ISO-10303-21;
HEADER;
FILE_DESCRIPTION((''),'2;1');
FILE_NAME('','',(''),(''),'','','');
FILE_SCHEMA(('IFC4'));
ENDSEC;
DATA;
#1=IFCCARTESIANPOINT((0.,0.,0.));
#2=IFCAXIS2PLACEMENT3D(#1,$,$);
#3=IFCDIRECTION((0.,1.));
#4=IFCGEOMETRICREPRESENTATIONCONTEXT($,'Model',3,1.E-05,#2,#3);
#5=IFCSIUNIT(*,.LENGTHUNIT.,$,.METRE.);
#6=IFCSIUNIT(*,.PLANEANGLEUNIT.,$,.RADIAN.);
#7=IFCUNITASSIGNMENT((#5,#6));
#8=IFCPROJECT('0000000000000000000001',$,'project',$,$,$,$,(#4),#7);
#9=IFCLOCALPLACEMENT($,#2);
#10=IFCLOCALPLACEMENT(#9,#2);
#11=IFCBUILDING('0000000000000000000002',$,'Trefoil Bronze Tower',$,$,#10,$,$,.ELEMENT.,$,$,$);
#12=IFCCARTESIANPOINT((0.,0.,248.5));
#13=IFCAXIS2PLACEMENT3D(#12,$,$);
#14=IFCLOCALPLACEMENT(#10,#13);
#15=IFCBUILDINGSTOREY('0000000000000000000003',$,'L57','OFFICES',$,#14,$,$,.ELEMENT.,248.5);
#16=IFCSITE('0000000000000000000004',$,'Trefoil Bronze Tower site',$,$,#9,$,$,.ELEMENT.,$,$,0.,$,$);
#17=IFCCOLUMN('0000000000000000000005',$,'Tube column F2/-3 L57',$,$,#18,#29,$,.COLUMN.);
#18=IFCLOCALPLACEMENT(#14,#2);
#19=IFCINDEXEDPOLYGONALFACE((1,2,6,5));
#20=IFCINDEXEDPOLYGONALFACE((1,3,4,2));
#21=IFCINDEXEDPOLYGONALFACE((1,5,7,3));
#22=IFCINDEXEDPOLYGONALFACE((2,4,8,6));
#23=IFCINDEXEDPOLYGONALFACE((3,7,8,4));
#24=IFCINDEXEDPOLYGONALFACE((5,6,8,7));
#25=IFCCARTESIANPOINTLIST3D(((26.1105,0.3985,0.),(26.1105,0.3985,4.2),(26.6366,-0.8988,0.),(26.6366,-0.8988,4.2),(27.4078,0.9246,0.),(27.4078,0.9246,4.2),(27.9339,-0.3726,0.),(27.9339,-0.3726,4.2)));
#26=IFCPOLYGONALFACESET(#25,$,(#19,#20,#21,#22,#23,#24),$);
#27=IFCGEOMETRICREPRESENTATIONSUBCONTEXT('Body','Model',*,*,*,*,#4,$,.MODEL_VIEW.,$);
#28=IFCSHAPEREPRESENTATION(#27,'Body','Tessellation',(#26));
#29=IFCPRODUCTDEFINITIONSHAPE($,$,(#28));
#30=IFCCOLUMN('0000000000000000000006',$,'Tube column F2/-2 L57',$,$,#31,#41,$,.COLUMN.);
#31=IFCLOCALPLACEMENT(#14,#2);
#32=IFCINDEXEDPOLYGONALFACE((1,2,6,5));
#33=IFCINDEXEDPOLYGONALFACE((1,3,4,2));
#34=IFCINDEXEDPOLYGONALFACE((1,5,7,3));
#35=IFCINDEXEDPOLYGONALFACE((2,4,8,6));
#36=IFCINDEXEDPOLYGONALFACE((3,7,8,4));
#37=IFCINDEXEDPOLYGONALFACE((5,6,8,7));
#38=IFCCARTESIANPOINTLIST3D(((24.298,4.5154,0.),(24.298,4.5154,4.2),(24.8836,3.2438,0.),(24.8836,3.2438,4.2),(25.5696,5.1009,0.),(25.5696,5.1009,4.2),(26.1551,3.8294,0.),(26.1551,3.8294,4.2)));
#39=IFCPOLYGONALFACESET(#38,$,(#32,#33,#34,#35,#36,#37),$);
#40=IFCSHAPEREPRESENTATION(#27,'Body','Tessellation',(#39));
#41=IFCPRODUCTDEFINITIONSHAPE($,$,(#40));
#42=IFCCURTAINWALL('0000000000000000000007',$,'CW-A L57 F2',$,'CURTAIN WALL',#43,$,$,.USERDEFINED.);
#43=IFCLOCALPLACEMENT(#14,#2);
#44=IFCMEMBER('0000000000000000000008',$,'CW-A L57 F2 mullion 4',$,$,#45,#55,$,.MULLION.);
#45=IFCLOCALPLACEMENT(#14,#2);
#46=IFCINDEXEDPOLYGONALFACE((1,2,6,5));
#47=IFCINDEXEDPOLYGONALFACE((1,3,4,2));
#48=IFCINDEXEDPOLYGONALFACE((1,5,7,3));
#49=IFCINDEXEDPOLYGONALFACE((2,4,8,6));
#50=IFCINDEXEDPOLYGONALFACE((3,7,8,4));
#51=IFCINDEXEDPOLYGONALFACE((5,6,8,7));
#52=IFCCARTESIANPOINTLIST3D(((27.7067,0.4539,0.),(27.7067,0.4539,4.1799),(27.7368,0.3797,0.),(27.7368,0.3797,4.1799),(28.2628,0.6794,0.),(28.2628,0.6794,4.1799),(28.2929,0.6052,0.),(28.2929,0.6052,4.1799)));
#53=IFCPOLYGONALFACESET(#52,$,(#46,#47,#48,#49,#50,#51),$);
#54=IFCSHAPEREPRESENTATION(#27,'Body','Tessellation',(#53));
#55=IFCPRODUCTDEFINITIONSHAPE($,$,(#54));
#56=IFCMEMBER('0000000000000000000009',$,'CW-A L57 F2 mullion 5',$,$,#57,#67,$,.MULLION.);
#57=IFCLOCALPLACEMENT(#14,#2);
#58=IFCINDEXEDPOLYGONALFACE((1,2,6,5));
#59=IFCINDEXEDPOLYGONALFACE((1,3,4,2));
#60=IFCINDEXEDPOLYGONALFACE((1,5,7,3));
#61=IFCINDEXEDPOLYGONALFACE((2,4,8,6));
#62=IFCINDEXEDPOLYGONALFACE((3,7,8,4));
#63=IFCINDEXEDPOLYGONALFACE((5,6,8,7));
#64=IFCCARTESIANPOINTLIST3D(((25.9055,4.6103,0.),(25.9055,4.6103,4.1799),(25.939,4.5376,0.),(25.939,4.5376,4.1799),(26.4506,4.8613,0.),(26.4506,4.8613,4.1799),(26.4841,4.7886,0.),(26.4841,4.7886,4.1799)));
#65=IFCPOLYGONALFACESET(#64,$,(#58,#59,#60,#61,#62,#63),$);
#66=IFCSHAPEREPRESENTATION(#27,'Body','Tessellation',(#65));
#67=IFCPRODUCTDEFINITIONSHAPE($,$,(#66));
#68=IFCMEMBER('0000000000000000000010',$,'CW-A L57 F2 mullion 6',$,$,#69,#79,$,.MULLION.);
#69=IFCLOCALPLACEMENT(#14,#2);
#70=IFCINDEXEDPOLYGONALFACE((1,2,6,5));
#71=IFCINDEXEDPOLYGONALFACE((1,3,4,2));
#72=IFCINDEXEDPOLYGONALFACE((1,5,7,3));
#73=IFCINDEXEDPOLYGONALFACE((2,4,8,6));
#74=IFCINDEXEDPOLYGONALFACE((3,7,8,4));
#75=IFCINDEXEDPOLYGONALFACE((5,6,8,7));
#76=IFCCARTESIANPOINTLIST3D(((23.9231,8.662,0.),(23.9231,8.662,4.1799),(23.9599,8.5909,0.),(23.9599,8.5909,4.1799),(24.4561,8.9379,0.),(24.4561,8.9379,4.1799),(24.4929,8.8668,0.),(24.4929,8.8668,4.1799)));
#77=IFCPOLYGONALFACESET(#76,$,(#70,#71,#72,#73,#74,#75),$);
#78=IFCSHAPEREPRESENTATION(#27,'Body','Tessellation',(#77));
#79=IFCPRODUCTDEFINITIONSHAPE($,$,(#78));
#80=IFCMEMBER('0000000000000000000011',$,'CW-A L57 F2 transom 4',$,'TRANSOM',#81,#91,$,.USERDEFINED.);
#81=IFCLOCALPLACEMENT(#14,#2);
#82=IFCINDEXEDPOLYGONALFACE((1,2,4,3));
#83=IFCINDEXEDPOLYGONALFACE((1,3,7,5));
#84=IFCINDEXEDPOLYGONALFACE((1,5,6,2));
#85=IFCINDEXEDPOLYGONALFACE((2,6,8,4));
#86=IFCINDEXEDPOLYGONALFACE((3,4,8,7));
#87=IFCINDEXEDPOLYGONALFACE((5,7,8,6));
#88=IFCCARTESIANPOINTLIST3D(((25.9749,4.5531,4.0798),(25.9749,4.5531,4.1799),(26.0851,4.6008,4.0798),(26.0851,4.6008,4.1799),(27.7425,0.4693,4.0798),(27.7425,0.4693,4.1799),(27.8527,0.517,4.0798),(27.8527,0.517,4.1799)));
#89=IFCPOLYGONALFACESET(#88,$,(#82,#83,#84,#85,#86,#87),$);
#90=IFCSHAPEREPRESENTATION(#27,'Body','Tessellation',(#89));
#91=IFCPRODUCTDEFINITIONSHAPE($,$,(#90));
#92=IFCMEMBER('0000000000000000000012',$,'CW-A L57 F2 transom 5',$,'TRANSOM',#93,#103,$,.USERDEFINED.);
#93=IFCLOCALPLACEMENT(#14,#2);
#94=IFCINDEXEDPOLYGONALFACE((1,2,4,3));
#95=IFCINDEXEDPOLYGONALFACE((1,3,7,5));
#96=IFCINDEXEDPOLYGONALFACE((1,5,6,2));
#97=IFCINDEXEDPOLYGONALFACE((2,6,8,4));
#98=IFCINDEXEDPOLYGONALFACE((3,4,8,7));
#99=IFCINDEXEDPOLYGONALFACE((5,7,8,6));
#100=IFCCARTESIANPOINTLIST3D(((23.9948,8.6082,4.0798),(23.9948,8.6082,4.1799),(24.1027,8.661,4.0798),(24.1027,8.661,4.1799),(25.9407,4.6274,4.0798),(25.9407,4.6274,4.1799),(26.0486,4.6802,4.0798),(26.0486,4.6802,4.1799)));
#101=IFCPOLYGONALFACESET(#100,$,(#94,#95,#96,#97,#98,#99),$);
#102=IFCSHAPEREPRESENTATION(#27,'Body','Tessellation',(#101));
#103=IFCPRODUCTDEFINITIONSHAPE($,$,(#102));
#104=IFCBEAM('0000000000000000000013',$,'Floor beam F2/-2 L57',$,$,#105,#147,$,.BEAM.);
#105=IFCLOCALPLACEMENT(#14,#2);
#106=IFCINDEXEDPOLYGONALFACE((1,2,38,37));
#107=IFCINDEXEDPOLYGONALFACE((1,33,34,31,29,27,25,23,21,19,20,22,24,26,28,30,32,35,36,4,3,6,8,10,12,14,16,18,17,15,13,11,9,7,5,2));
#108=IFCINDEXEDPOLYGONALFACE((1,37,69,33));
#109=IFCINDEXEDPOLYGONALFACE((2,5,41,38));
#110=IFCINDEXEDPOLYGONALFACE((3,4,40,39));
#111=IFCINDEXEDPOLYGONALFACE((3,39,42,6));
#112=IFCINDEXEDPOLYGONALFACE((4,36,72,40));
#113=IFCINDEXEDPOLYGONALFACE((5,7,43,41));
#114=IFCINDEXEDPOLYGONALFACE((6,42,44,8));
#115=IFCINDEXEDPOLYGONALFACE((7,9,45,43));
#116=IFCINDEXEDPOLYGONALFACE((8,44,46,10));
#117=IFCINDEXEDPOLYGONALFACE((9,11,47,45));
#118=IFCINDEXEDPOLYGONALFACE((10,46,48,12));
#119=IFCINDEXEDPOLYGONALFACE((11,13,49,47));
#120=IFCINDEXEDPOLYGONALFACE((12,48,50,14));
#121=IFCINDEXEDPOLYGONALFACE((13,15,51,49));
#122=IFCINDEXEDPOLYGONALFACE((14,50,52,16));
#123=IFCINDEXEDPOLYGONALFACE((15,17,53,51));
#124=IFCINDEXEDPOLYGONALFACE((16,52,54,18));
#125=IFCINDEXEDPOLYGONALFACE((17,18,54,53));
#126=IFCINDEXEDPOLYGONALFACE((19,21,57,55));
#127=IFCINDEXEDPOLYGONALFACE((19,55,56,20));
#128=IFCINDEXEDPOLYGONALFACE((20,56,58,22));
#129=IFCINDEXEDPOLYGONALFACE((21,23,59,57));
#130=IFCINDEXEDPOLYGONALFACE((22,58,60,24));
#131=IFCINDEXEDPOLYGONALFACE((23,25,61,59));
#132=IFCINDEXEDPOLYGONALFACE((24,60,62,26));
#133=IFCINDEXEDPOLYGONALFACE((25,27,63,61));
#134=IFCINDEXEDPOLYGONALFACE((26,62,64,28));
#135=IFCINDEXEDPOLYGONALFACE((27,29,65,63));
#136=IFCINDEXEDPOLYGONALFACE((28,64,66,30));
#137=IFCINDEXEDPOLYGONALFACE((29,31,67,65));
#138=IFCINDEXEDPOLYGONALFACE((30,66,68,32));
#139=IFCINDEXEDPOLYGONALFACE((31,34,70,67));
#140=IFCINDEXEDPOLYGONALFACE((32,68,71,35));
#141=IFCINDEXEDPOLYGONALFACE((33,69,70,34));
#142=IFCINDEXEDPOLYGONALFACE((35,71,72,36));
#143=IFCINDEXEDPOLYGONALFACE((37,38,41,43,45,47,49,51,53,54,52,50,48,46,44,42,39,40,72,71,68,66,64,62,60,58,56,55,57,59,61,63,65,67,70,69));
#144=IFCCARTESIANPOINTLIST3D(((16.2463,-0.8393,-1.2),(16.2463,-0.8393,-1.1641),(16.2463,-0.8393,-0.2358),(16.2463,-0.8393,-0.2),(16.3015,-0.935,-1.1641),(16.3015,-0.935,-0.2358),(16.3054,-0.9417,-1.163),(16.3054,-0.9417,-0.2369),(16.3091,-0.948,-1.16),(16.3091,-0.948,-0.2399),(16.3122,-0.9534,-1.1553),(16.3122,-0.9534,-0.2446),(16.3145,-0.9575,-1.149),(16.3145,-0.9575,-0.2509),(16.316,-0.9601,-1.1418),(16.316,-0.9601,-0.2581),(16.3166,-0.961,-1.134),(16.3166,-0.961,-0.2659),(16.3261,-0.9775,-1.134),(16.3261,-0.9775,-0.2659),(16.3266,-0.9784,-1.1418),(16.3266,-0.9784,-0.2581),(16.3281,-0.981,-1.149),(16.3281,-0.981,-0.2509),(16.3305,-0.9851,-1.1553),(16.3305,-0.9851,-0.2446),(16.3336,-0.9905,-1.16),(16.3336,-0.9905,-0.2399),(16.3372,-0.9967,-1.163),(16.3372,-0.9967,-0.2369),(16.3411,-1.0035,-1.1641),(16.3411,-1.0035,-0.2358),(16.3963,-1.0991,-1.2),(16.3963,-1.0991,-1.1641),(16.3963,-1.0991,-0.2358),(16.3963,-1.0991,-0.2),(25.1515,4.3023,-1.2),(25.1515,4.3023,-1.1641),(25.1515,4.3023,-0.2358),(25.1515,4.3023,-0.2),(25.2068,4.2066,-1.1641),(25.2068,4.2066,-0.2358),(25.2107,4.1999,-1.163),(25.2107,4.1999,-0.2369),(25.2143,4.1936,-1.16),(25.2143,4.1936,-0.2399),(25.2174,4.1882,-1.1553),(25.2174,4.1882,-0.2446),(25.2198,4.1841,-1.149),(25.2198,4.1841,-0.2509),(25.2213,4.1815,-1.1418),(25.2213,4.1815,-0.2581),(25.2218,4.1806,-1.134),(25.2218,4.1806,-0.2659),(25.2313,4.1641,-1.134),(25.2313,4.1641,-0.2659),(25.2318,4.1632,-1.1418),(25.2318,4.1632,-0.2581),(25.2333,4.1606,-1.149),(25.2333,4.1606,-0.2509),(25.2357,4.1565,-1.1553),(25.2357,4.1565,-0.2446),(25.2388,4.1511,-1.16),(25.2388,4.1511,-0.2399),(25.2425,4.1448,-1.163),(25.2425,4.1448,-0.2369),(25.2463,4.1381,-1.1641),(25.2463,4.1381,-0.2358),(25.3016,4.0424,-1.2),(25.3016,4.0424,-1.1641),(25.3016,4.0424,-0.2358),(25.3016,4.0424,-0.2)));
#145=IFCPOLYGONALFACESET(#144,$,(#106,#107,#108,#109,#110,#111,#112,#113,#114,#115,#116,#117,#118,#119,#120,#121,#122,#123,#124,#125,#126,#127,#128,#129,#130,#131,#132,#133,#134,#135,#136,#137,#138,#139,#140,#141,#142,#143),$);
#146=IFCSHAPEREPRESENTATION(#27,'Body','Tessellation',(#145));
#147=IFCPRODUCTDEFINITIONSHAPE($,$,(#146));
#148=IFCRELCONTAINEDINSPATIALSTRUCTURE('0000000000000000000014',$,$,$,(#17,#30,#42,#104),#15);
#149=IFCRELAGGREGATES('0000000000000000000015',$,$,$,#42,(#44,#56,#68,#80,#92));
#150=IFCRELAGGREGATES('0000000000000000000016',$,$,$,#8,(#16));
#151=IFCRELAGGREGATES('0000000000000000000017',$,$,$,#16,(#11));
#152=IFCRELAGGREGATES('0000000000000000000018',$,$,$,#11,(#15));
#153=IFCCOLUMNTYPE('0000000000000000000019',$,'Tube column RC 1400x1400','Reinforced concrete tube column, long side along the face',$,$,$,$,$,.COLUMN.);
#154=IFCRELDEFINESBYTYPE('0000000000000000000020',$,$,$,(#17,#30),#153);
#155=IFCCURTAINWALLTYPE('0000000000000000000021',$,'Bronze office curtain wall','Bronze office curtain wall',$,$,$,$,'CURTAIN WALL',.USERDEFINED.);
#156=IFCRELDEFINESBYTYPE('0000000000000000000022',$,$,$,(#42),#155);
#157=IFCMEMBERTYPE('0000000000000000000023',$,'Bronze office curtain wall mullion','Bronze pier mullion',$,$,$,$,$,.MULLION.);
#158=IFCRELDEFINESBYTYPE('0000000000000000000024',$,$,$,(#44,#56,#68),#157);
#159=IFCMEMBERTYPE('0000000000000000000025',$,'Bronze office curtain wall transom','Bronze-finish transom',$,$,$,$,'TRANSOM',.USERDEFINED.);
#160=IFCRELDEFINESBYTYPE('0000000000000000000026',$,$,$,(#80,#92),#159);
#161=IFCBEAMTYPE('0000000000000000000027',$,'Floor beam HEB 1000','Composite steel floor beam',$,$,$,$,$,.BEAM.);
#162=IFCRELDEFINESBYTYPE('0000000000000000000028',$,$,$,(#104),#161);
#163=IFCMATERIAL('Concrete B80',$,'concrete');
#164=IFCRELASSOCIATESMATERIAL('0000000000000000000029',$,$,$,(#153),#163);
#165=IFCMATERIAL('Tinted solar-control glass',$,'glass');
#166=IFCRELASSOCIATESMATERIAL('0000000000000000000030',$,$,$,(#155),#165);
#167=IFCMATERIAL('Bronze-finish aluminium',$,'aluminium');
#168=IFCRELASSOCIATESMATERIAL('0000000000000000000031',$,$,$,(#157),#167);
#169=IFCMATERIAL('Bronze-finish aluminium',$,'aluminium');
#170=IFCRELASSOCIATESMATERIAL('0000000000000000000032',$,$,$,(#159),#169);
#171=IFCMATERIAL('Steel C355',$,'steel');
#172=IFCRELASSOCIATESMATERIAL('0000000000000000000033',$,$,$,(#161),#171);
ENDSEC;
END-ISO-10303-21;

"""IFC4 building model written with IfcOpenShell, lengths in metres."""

from ifc_helpers import new_model, si_unit, direction, frame, origin, origin_2d, place, context, subcontext, project, spatial, rectangle, i_section, extrude, material, material_profile, profile_set, type_object, element, aggregate, save


model = new_model("IFC4")

# Units and contexts
model_context = context("Model", 3, precision=1e-05, world=origin(), true_north=direction((0.0, 1.0)))
body_context = subcontext(model_context, "Body", "Model", "MODEL_VIEW")
ifc_project = project(units=[si_unit("LENGTHUNIT", "METRE"), si_unit("PLANEANGLEUNIT", "RADIAN")], contexts=[model_context])

# Site, building, storey
site_placement = place(None, origin())
site = spatial("IfcSite", under=ifc_project, at=site_placement, Name="Trefoil Bronze Tower site", CompositionType="ELEMENT", RefElevation=0.0)
building_placement = place(site_placement, origin())
building = spatial("IfcBuilding", under=site, at=building_placement, Name="Trefoil Bronze Tower", CompositionType="ELEMENT")
storey_placement = place(building_placement, frame((0.0, 0.0, 248.5)))
storey = spatial("IfcBuildingStorey", under=building, at=storey_placement, Name="L57", Description="OFFICES", CompositionType="ELEMENT", Elevation=248.5)

# Columns
ifc_material_1 = material(Name="Concrete B80", Category="concrete")
ifc_material_profile_1 = material_profile(ifc_material_1, rectangle(XDim=1.3999, YDim=1.3999, at=origin_2d()), Name="RC 1400x1400")
ifc_profile_set_1 = profile_set([ifc_material_profile_1], Name="Concrete B80")
column_type = type_object("IfcColumnType", Name="Tube column RC 1400x1400", Description="Reinforced concrete tube column, long side along the face", PredefinedType="COLUMN", material=ifc_profile_set_1)
for number, where, z_axis, x_axis, name in (
    (1, (27.0222, 0.0129, 0.0), (0.0, 0.0, 1.0), (-0.375828, 0.926689, 0.0), "Tube column F2/-3 L57"),
    (2, (25.2266, 4.1724, 0.0), (0.0, 0.0, 1.0), (-0.418286, 0.908315, 0.0), "Tube column F2/-2 L57"),
):
    element("IfcColumn", number, at=place(storey_placement, frame(where, z_axis=z_axis, x_axis=x_axis)), inside=storey, type_object=column_type, Name=name, PredefinedType="COLUMN", context=body_context, shape_type="SweptSolid", body=[
        extrude(rectangle(XDim=1.3999, YDim=1.3999, at=origin_2d()), origin(), (0.0, 0.0, 1.0), 4.2),
    ])

# Curtain wall, members
ifc_material_2 = material(Name="Tinted solar-control glass", Category="glass")
curtain_wall_type = type_object("IfcCurtainWallType", Name="Bronze office curtain wall", Description="Bronze office curtain wall", ElementType="CURTAIN WALL", PredefinedType="USERDEFINED", material=ifc_material_2)
curtain_wall_placement = place(storey_placement, origin())
curtain_wall = element("IfcCurtainWall", 3, at=curtain_wall_placement, inside=storey, type_object=curtain_wall_type, Name="CW-A L57 F2", ObjectType="CURTAIN WALL", PredefinedType="USERDEFINED")
ifc_material_3 = material(Name="Bronze-finish aluminium", Category="aluminium")
ifc_material_profile_2 = material_profile(ifc_material_3, rectangle(XDim=0.6001, YDim=0.0801, at=origin_2d()), Name="CW-A mullion")
ifc_profile_set_2 = profile_set([ifc_material_profile_2], Name="Bronze-finish aluminium")
member_type_1 = type_object("IfcMemberType", Name="Bronze office curtain wall mullion", Description="Bronze pier mullion", PredefinedType="MULLION", material=ifc_profile_set_2)
member_1_placement = place(storey_placement, frame((27.9998, 0.5295, 0.0), z_axis=(0.0, 0.0, 1.0), x_axis=(-0.926689, -0.375828, 0.0)))
member_1 = element("IfcMember", 4, at=member_1_placement, type_object=member_type_1, Name="CW-A L57 F2 mullion 4", PredefinedType="MULLION", context=body_context, shape_type="SweptSolid", body=[
    extrude(rectangle(XDim=0.6001, YDim=0.0801, at=origin_2d()), origin(), (0.0, 0.0, 1.0), 4.1799),
])
member_2_placement = place(storey_placement, frame((26.1948, 4.6995, 0.0), z_axis=(0.0, 0.0, 1.0), x_axis=(-0.908315, -0.418286, 0.0)))
member_2 = element("IfcMember", 5, at=member_2_placement, type_object=member_type_1, Name="CW-A L57 F2 mullion 5", PredefinedType="MULLION", context=body_context, shape_type="SweptSolid", body=[
    extrude(rectangle(XDim=0.6001, YDim=0.0801, at=origin_2d()), origin(), (0.0, 0.0, 1.0), 4.1799),
])
member_3_placement = place(storey_placement, frame((24.208, 8.7644, 0.0), z_axis=(0.0, 0.0, 1.0), x_axis=(-0.888088, -0.459673, 0.0)))
member_3 = element("IfcMember", 6, at=member_3_placement, type_object=member_type_1, Name="CW-A L57 F2 mullion 6", PredefinedType="MULLION", context=body_context, shape_type="SweptSolid", body=[
    extrude(rectangle(XDim=0.6001, YDim=0.0801, at=origin_2d()), origin(), (0.0, 0.0, 1.0), 4.1799),
])
ifc_material_4 = material(Name="Bronze-finish aluminium", Category="aluminium")
ifc_material_profile_3 = material_profile(ifc_material_4, rectangle(XDim=0.1201, YDim=0.1001, at=origin_2d()), Name="CW-A transom")
ifc_profile_set_3 = profile_set([ifc_material_profile_3], Name="Bronze-finish aluminium")
member_type_2 = type_object("IfcMemberType", Name="Bronze office curtain wall transom", Description="Bronze-finish transom", ElementType="TRANSOM", PredefinedType="USERDEFINED", material=ifc_profile_set_3)
member_4_placement = place(storey_placement, frame((27.7976, 0.4932, 4.1299), z_axis=(-0.397221, 0.917723, 0.0), x_axis=(-0.917723, -0.397221, 0.0)))
member_4 = element("IfcMember", 7, at=member_4_placement, type_object=member_type_2, Name="CW-A L57 F2 transom 4", ObjectType="TRANSOM", PredefinedType="USERDEFINED", context=body_context, shape_type="SweptSolid", body=[
    extrude(rectangle(XDim=0.1201, YDim=0.1001, at=origin_2d()), origin(), (0.0, 0.0, 1.0), 4.45),
])
member_5_placement = place(storey_placement, frame((25.9946, 4.6538, 4.1299), z_axis=(-0.439151, 0.898413, 0.0), x_axis=(-0.898413, -0.439151, 0.0)))
member_5 = element("IfcMember", 8, at=member_5_placement, type_object=member_type_2, Name="CW-A L57 F2 transom 5", ObjectType="TRANSOM", PredefinedType="USERDEFINED", context=body_context, shape_type="SweptSolid", body=[
    extrude(rectangle(XDim=0.1201, YDim=0.1001, at=origin_2d()), origin(), (0.0, 0.0, 1.0), 4.4309),
])

# Beam
ifc_material_5 = material(Name="Steel C355", Category="steel")
ifc_material_profile_4 = material_profile(ifc_material_5, i_section(OverallWidth=0.3, OverallDepth=1.0, WebThickness=0.019, FlangeThickness=0.0359, FilletRadius=0.03, at=origin_2d()), Name="HEB 1000")
ifc_profile_set_4 = profile_set([ifc_material_profile_4], Name="Steel C355")
beam_type_1 = type_object("IfcBeamType", Name="Floor beam HEB 1000", Description="Composite steel floor beam", PredefinedType="BEAM", material=ifc_profile_set_4)
beam_1_placement = place(storey_placement, frame((25.2266, 4.1724, -0.7), z_axis=(-0.86602, -0.50001, 0.0), x_axis=(0.50001, -0.86602, 0.0)))
element("IfcBeam", 9, at=beam_1_placement, inside=storey, type_object=beam_type_1, Name="Floor beam F2/-2 L57", PredefinedType="BEAM", context=body_context, shape_type="SweptSolid", body=[
    extrude(i_section(OverallWidth=0.3, OverallDepth=1.0, WebThickness=0.019, FlangeThickness=0.0359, FilletRadius=0.03, at=origin_2d()), origin(), (0.0, 0.0, 1.0), 10.283),
])

aggregate(curtain_wall, [member_1, member_2, member_3, member_4, member_5])

save(model, "model.ifc")
